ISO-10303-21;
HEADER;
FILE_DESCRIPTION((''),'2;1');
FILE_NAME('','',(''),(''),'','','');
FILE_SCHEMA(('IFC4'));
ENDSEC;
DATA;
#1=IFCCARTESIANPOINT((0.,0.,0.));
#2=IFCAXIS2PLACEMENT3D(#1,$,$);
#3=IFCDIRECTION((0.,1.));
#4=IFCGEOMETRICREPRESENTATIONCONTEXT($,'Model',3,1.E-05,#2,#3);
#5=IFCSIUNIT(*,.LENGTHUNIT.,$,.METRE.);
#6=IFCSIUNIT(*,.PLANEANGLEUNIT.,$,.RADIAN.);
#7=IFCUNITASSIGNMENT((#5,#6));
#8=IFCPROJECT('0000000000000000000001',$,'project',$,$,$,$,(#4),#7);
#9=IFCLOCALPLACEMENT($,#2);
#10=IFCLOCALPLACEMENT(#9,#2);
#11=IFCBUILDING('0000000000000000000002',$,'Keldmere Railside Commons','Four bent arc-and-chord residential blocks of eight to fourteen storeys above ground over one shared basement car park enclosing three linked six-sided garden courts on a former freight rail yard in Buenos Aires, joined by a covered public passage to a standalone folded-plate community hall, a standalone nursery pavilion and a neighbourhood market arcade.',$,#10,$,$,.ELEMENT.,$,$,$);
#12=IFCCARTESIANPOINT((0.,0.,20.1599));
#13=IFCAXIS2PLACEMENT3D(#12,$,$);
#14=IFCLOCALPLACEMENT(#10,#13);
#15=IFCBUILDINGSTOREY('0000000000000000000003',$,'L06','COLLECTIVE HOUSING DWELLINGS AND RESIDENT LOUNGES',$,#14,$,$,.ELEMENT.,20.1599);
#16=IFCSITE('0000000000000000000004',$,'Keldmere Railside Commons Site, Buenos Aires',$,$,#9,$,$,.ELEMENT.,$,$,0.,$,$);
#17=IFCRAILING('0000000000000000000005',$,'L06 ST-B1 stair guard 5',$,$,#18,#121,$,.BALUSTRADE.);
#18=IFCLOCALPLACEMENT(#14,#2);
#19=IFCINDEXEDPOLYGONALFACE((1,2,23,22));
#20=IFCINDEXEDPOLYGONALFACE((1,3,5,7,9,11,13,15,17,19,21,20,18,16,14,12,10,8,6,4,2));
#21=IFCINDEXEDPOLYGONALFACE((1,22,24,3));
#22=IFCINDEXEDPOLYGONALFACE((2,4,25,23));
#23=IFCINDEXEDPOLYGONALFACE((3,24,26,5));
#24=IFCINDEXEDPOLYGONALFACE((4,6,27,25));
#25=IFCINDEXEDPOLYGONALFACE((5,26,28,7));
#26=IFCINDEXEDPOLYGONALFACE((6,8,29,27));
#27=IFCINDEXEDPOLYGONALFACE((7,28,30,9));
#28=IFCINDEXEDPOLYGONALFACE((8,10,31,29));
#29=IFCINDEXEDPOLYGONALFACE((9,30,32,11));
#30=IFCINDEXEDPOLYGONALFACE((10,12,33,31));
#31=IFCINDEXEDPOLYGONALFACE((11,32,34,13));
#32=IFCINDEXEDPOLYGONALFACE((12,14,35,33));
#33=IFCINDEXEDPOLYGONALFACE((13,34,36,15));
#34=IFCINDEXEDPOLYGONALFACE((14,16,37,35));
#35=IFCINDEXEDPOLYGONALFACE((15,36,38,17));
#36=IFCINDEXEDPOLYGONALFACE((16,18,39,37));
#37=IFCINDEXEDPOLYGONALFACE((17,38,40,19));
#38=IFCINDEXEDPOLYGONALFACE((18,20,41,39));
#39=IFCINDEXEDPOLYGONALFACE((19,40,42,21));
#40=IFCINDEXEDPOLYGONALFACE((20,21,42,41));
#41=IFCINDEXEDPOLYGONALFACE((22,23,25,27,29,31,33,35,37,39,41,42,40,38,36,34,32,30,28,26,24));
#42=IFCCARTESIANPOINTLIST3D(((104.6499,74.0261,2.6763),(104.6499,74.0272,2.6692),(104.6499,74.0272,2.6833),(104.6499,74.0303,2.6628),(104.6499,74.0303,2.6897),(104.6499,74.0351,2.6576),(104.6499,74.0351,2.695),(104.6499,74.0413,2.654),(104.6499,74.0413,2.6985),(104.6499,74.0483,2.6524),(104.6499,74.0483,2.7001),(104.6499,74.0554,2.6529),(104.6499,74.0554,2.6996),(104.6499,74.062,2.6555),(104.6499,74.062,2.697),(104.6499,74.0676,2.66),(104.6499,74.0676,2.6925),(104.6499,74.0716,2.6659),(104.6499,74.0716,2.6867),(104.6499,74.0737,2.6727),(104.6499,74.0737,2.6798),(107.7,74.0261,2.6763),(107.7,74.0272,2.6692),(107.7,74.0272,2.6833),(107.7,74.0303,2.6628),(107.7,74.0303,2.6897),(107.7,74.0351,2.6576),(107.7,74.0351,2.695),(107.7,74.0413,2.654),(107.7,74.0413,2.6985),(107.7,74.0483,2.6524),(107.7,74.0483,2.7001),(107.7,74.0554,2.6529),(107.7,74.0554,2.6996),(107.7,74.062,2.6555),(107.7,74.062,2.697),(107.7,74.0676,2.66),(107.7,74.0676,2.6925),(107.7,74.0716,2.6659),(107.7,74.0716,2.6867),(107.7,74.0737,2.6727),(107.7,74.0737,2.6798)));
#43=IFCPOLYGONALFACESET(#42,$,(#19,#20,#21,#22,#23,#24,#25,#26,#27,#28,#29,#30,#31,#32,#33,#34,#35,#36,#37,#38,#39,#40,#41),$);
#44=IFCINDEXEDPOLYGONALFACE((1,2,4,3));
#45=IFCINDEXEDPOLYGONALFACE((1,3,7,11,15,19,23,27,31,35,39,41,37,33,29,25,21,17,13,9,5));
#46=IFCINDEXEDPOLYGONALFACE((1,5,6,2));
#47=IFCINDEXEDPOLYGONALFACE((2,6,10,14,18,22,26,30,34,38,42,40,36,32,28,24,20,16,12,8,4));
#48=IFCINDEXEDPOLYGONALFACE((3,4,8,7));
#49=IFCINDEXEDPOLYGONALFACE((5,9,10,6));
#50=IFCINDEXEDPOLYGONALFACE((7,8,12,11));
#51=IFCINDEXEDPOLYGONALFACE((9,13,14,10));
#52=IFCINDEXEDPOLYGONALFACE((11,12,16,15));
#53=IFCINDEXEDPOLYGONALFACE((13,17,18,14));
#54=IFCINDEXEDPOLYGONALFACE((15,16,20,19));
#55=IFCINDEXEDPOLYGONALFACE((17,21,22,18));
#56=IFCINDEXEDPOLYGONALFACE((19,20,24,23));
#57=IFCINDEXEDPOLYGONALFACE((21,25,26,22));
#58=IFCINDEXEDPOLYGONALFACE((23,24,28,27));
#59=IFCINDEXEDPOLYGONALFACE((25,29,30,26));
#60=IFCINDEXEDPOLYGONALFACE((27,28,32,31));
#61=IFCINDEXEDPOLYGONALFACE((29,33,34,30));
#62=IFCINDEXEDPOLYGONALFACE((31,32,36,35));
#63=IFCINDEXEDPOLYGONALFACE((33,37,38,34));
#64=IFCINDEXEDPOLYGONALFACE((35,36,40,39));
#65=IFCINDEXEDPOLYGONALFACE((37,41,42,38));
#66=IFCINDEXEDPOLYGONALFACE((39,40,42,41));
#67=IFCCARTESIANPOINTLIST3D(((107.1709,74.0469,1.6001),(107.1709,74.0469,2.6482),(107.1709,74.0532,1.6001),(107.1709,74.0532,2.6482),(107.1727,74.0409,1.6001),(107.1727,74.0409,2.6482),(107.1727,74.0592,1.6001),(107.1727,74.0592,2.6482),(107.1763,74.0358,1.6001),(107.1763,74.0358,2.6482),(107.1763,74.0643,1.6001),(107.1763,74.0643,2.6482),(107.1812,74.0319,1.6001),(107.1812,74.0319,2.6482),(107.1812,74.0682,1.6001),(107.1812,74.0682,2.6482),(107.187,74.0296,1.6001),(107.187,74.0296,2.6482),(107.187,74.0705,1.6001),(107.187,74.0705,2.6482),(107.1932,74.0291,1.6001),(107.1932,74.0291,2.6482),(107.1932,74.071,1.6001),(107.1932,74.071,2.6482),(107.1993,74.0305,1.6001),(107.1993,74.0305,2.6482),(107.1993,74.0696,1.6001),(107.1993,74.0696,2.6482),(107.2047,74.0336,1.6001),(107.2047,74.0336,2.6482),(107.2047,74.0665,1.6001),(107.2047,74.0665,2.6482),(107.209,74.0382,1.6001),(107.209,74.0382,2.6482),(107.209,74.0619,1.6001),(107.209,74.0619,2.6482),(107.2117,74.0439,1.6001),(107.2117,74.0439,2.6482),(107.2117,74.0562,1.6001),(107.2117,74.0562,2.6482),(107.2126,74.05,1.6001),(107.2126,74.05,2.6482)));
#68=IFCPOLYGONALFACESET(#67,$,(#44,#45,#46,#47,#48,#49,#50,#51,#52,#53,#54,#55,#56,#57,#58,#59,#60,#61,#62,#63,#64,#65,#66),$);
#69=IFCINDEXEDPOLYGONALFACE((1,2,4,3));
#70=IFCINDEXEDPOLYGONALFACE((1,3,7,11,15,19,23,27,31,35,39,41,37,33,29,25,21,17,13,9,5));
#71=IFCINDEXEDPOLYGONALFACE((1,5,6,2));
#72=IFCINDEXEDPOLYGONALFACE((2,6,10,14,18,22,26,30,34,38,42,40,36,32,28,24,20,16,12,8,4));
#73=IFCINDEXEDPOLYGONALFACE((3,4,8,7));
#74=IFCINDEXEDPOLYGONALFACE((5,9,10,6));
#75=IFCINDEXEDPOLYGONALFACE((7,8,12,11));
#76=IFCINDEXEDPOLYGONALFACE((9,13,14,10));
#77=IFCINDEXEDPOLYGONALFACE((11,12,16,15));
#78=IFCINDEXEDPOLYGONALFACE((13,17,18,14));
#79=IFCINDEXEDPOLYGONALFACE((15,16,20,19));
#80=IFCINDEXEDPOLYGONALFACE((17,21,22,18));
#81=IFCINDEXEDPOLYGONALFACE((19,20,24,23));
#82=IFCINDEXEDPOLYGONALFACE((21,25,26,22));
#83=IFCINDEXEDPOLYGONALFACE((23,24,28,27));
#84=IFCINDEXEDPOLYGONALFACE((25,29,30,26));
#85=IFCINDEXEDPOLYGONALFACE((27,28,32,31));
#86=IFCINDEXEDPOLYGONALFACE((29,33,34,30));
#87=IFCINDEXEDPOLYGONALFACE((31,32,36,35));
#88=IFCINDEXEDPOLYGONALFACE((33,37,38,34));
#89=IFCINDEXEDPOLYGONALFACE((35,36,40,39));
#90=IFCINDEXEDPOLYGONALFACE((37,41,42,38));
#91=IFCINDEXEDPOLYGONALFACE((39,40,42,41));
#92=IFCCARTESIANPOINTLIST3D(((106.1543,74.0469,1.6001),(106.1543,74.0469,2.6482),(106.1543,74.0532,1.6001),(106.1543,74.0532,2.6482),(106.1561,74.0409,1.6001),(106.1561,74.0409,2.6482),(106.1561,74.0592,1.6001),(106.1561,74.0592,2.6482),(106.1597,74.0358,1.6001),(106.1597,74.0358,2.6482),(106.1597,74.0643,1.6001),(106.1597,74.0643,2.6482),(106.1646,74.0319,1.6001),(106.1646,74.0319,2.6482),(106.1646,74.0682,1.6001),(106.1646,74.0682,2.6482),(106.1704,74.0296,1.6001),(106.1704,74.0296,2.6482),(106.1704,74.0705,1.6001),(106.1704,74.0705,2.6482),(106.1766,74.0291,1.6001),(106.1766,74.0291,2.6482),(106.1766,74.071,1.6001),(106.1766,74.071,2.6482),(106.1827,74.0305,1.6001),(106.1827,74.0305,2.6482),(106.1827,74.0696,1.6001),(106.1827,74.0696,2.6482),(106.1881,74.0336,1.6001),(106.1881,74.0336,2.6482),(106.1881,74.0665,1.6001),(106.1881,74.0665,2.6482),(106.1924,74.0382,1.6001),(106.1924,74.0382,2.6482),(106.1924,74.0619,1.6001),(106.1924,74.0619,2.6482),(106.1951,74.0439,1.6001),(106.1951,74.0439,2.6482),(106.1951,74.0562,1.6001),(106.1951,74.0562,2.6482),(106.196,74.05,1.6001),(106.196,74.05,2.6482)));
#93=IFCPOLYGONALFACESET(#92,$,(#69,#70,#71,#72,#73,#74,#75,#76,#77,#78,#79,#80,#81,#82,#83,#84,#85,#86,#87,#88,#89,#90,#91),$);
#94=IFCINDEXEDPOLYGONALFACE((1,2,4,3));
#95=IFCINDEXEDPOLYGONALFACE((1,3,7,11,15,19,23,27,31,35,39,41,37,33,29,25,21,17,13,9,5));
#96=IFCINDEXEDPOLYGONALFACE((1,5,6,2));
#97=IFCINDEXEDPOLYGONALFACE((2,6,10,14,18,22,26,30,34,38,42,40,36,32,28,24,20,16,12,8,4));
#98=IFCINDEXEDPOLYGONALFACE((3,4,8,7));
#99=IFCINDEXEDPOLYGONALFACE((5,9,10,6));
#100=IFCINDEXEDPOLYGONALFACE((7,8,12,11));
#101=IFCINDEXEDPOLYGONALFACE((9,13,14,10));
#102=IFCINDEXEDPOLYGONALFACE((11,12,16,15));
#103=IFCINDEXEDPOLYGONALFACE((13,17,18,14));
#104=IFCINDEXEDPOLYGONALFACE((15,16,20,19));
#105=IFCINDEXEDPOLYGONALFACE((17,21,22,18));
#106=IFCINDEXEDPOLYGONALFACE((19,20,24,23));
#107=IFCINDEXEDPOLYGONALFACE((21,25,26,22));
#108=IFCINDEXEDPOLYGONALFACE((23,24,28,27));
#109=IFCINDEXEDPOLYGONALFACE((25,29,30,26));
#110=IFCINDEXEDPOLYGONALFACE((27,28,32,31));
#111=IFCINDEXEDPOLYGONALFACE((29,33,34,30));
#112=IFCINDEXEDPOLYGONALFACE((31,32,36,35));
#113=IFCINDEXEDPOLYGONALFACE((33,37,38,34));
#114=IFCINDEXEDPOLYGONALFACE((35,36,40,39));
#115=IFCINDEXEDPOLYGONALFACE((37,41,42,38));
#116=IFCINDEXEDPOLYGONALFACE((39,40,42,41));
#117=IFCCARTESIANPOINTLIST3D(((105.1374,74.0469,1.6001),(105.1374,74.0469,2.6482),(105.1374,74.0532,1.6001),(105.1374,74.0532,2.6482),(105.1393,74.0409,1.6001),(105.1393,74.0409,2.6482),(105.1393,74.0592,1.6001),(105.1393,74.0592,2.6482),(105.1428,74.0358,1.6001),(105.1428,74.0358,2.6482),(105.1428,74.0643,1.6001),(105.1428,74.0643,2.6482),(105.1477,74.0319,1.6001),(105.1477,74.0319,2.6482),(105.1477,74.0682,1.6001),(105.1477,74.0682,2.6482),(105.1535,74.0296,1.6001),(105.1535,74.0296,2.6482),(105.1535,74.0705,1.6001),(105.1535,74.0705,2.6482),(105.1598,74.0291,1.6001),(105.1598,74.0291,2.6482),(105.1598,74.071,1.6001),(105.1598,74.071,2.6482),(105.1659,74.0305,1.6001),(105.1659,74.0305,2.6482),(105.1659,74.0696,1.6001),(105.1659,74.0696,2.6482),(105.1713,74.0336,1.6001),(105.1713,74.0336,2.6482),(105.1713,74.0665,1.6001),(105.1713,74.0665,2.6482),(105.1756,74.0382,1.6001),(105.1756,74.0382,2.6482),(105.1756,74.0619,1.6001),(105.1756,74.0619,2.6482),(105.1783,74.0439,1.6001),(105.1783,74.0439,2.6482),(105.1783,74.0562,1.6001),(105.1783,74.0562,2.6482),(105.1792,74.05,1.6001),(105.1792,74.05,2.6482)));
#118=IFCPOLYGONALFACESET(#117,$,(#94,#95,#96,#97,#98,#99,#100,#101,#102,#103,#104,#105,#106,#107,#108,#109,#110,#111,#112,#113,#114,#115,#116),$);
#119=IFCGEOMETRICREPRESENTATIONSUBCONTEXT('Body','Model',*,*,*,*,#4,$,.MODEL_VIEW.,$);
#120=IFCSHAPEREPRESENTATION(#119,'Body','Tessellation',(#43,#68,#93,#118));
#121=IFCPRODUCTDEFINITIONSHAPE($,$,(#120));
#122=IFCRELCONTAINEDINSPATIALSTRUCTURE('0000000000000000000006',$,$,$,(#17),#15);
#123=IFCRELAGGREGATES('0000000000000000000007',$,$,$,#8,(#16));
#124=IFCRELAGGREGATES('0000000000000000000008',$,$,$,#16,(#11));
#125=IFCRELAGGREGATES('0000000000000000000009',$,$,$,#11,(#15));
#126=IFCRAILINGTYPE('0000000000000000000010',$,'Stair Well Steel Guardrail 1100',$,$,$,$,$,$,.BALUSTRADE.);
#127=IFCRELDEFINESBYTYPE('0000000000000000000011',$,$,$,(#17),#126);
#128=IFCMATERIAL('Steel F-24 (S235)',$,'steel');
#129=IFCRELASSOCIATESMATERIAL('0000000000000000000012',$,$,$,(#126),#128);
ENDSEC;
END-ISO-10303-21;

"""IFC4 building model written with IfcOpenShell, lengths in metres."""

from ifc_helpers import new_model, si_unit, direction, frame, origin, origin_2d, place, context, subcontext, project, spatial, circle, extrude, material, type_object, element, save


model = new_model("IFC4")

# Units and contexts
model_context = context("Model", 3, precision=1e-05, world=origin(), true_north=direction((0.0, 1.0)))
body_context = subcontext(model_context, "Body", "Model", "MODEL_VIEW")
ifc_project = project(units=[si_unit("LENGTHUNIT", "METRE"), si_unit("PLANEANGLEUNIT", "RADIAN")], contexts=[model_context])

# Site, building, storey
site_placement = place(None, origin())
site = spatial("IfcSite", under=ifc_project, at=site_placement, Name="Keldmere Railside Commons Site, Buenos Aires", CompositionType="ELEMENT", RefElevation=0.0)
building_placement = place(site_placement, origin())
building = spatial("IfcBuilding", under=site, at=building_placement, Name="Keldmere Railside Commons", Description="Four bent arc-and-chord residential blocks of eight to fourteen storeys above ground over one shared basement car park enclosing three linked six-sided garden courts on a former freight rail yard in Buenos Aires, joined by a covered public passage to a standalone folded-plate community hall, a standalone nursery pavilion and a neighbourhood market arcade.", CompositionType="ELEMENT")
storey_placement = place(building_placement, frame((0.0, 0.0, 20.1599)))
storey = spatial("IfcBuildingStorey", under=building, at=storey_placement, Name="L06", Description="COLLECTIVE HOUSING DWELLINGS AND RESIDENT LOUNGES", CompositionType="ELEMENT", Elevation=20.1599)

# Railing
ifc_material_1 = material(Name="Steel F-24 (S235)", Category="steel")
railing_type_1 = type_object("IfcRailingType", Name="Stair Well Steel Guardrail 1100", PredefinedType="BALUSTRADE", material=ifc_material_1)
railing_1_placement = place(storey_placement, frame((107.7, 74.05, 1.6001)))
element("IfcRailing", 1, at=railing_1_placement, inside=storey, type_object=railing_type_1, Name="L06 ST-B1 stair guard 5", PredefinedType="BALUSTRADE", context=body_context, shape_type="SweptSolid", body=[
    extrude(circle(Radius=0.0239, at=origin_2d()), frame((0.0, 0.0, 1.0762), z_axis=(-1.0, 0.0, 0.0), x_axis=(0.0, -1.0, 0.0)), (0.0, 0.0, 1.0), 3.05),
    extrude(circle(Radius=0.021, at=origin_2d()), frame((-0.5083, 0.0, 0.0)), (0.0, 0.0, 1.0), 1.0481),
    extrude(circle(Radius=0.021, at=origin_2d()), frame((-1.5249, 0.0, 0.0)), (0.0, 0.0, 1.0), 1.0481),
    extrude(circle(Radius=0.021, at=origin_2d()), frame((-2.5417, 0.0, 0.0)), (0.0, 0.0, 1.0), 1.0481),
])

save(model, "model.ifc")
